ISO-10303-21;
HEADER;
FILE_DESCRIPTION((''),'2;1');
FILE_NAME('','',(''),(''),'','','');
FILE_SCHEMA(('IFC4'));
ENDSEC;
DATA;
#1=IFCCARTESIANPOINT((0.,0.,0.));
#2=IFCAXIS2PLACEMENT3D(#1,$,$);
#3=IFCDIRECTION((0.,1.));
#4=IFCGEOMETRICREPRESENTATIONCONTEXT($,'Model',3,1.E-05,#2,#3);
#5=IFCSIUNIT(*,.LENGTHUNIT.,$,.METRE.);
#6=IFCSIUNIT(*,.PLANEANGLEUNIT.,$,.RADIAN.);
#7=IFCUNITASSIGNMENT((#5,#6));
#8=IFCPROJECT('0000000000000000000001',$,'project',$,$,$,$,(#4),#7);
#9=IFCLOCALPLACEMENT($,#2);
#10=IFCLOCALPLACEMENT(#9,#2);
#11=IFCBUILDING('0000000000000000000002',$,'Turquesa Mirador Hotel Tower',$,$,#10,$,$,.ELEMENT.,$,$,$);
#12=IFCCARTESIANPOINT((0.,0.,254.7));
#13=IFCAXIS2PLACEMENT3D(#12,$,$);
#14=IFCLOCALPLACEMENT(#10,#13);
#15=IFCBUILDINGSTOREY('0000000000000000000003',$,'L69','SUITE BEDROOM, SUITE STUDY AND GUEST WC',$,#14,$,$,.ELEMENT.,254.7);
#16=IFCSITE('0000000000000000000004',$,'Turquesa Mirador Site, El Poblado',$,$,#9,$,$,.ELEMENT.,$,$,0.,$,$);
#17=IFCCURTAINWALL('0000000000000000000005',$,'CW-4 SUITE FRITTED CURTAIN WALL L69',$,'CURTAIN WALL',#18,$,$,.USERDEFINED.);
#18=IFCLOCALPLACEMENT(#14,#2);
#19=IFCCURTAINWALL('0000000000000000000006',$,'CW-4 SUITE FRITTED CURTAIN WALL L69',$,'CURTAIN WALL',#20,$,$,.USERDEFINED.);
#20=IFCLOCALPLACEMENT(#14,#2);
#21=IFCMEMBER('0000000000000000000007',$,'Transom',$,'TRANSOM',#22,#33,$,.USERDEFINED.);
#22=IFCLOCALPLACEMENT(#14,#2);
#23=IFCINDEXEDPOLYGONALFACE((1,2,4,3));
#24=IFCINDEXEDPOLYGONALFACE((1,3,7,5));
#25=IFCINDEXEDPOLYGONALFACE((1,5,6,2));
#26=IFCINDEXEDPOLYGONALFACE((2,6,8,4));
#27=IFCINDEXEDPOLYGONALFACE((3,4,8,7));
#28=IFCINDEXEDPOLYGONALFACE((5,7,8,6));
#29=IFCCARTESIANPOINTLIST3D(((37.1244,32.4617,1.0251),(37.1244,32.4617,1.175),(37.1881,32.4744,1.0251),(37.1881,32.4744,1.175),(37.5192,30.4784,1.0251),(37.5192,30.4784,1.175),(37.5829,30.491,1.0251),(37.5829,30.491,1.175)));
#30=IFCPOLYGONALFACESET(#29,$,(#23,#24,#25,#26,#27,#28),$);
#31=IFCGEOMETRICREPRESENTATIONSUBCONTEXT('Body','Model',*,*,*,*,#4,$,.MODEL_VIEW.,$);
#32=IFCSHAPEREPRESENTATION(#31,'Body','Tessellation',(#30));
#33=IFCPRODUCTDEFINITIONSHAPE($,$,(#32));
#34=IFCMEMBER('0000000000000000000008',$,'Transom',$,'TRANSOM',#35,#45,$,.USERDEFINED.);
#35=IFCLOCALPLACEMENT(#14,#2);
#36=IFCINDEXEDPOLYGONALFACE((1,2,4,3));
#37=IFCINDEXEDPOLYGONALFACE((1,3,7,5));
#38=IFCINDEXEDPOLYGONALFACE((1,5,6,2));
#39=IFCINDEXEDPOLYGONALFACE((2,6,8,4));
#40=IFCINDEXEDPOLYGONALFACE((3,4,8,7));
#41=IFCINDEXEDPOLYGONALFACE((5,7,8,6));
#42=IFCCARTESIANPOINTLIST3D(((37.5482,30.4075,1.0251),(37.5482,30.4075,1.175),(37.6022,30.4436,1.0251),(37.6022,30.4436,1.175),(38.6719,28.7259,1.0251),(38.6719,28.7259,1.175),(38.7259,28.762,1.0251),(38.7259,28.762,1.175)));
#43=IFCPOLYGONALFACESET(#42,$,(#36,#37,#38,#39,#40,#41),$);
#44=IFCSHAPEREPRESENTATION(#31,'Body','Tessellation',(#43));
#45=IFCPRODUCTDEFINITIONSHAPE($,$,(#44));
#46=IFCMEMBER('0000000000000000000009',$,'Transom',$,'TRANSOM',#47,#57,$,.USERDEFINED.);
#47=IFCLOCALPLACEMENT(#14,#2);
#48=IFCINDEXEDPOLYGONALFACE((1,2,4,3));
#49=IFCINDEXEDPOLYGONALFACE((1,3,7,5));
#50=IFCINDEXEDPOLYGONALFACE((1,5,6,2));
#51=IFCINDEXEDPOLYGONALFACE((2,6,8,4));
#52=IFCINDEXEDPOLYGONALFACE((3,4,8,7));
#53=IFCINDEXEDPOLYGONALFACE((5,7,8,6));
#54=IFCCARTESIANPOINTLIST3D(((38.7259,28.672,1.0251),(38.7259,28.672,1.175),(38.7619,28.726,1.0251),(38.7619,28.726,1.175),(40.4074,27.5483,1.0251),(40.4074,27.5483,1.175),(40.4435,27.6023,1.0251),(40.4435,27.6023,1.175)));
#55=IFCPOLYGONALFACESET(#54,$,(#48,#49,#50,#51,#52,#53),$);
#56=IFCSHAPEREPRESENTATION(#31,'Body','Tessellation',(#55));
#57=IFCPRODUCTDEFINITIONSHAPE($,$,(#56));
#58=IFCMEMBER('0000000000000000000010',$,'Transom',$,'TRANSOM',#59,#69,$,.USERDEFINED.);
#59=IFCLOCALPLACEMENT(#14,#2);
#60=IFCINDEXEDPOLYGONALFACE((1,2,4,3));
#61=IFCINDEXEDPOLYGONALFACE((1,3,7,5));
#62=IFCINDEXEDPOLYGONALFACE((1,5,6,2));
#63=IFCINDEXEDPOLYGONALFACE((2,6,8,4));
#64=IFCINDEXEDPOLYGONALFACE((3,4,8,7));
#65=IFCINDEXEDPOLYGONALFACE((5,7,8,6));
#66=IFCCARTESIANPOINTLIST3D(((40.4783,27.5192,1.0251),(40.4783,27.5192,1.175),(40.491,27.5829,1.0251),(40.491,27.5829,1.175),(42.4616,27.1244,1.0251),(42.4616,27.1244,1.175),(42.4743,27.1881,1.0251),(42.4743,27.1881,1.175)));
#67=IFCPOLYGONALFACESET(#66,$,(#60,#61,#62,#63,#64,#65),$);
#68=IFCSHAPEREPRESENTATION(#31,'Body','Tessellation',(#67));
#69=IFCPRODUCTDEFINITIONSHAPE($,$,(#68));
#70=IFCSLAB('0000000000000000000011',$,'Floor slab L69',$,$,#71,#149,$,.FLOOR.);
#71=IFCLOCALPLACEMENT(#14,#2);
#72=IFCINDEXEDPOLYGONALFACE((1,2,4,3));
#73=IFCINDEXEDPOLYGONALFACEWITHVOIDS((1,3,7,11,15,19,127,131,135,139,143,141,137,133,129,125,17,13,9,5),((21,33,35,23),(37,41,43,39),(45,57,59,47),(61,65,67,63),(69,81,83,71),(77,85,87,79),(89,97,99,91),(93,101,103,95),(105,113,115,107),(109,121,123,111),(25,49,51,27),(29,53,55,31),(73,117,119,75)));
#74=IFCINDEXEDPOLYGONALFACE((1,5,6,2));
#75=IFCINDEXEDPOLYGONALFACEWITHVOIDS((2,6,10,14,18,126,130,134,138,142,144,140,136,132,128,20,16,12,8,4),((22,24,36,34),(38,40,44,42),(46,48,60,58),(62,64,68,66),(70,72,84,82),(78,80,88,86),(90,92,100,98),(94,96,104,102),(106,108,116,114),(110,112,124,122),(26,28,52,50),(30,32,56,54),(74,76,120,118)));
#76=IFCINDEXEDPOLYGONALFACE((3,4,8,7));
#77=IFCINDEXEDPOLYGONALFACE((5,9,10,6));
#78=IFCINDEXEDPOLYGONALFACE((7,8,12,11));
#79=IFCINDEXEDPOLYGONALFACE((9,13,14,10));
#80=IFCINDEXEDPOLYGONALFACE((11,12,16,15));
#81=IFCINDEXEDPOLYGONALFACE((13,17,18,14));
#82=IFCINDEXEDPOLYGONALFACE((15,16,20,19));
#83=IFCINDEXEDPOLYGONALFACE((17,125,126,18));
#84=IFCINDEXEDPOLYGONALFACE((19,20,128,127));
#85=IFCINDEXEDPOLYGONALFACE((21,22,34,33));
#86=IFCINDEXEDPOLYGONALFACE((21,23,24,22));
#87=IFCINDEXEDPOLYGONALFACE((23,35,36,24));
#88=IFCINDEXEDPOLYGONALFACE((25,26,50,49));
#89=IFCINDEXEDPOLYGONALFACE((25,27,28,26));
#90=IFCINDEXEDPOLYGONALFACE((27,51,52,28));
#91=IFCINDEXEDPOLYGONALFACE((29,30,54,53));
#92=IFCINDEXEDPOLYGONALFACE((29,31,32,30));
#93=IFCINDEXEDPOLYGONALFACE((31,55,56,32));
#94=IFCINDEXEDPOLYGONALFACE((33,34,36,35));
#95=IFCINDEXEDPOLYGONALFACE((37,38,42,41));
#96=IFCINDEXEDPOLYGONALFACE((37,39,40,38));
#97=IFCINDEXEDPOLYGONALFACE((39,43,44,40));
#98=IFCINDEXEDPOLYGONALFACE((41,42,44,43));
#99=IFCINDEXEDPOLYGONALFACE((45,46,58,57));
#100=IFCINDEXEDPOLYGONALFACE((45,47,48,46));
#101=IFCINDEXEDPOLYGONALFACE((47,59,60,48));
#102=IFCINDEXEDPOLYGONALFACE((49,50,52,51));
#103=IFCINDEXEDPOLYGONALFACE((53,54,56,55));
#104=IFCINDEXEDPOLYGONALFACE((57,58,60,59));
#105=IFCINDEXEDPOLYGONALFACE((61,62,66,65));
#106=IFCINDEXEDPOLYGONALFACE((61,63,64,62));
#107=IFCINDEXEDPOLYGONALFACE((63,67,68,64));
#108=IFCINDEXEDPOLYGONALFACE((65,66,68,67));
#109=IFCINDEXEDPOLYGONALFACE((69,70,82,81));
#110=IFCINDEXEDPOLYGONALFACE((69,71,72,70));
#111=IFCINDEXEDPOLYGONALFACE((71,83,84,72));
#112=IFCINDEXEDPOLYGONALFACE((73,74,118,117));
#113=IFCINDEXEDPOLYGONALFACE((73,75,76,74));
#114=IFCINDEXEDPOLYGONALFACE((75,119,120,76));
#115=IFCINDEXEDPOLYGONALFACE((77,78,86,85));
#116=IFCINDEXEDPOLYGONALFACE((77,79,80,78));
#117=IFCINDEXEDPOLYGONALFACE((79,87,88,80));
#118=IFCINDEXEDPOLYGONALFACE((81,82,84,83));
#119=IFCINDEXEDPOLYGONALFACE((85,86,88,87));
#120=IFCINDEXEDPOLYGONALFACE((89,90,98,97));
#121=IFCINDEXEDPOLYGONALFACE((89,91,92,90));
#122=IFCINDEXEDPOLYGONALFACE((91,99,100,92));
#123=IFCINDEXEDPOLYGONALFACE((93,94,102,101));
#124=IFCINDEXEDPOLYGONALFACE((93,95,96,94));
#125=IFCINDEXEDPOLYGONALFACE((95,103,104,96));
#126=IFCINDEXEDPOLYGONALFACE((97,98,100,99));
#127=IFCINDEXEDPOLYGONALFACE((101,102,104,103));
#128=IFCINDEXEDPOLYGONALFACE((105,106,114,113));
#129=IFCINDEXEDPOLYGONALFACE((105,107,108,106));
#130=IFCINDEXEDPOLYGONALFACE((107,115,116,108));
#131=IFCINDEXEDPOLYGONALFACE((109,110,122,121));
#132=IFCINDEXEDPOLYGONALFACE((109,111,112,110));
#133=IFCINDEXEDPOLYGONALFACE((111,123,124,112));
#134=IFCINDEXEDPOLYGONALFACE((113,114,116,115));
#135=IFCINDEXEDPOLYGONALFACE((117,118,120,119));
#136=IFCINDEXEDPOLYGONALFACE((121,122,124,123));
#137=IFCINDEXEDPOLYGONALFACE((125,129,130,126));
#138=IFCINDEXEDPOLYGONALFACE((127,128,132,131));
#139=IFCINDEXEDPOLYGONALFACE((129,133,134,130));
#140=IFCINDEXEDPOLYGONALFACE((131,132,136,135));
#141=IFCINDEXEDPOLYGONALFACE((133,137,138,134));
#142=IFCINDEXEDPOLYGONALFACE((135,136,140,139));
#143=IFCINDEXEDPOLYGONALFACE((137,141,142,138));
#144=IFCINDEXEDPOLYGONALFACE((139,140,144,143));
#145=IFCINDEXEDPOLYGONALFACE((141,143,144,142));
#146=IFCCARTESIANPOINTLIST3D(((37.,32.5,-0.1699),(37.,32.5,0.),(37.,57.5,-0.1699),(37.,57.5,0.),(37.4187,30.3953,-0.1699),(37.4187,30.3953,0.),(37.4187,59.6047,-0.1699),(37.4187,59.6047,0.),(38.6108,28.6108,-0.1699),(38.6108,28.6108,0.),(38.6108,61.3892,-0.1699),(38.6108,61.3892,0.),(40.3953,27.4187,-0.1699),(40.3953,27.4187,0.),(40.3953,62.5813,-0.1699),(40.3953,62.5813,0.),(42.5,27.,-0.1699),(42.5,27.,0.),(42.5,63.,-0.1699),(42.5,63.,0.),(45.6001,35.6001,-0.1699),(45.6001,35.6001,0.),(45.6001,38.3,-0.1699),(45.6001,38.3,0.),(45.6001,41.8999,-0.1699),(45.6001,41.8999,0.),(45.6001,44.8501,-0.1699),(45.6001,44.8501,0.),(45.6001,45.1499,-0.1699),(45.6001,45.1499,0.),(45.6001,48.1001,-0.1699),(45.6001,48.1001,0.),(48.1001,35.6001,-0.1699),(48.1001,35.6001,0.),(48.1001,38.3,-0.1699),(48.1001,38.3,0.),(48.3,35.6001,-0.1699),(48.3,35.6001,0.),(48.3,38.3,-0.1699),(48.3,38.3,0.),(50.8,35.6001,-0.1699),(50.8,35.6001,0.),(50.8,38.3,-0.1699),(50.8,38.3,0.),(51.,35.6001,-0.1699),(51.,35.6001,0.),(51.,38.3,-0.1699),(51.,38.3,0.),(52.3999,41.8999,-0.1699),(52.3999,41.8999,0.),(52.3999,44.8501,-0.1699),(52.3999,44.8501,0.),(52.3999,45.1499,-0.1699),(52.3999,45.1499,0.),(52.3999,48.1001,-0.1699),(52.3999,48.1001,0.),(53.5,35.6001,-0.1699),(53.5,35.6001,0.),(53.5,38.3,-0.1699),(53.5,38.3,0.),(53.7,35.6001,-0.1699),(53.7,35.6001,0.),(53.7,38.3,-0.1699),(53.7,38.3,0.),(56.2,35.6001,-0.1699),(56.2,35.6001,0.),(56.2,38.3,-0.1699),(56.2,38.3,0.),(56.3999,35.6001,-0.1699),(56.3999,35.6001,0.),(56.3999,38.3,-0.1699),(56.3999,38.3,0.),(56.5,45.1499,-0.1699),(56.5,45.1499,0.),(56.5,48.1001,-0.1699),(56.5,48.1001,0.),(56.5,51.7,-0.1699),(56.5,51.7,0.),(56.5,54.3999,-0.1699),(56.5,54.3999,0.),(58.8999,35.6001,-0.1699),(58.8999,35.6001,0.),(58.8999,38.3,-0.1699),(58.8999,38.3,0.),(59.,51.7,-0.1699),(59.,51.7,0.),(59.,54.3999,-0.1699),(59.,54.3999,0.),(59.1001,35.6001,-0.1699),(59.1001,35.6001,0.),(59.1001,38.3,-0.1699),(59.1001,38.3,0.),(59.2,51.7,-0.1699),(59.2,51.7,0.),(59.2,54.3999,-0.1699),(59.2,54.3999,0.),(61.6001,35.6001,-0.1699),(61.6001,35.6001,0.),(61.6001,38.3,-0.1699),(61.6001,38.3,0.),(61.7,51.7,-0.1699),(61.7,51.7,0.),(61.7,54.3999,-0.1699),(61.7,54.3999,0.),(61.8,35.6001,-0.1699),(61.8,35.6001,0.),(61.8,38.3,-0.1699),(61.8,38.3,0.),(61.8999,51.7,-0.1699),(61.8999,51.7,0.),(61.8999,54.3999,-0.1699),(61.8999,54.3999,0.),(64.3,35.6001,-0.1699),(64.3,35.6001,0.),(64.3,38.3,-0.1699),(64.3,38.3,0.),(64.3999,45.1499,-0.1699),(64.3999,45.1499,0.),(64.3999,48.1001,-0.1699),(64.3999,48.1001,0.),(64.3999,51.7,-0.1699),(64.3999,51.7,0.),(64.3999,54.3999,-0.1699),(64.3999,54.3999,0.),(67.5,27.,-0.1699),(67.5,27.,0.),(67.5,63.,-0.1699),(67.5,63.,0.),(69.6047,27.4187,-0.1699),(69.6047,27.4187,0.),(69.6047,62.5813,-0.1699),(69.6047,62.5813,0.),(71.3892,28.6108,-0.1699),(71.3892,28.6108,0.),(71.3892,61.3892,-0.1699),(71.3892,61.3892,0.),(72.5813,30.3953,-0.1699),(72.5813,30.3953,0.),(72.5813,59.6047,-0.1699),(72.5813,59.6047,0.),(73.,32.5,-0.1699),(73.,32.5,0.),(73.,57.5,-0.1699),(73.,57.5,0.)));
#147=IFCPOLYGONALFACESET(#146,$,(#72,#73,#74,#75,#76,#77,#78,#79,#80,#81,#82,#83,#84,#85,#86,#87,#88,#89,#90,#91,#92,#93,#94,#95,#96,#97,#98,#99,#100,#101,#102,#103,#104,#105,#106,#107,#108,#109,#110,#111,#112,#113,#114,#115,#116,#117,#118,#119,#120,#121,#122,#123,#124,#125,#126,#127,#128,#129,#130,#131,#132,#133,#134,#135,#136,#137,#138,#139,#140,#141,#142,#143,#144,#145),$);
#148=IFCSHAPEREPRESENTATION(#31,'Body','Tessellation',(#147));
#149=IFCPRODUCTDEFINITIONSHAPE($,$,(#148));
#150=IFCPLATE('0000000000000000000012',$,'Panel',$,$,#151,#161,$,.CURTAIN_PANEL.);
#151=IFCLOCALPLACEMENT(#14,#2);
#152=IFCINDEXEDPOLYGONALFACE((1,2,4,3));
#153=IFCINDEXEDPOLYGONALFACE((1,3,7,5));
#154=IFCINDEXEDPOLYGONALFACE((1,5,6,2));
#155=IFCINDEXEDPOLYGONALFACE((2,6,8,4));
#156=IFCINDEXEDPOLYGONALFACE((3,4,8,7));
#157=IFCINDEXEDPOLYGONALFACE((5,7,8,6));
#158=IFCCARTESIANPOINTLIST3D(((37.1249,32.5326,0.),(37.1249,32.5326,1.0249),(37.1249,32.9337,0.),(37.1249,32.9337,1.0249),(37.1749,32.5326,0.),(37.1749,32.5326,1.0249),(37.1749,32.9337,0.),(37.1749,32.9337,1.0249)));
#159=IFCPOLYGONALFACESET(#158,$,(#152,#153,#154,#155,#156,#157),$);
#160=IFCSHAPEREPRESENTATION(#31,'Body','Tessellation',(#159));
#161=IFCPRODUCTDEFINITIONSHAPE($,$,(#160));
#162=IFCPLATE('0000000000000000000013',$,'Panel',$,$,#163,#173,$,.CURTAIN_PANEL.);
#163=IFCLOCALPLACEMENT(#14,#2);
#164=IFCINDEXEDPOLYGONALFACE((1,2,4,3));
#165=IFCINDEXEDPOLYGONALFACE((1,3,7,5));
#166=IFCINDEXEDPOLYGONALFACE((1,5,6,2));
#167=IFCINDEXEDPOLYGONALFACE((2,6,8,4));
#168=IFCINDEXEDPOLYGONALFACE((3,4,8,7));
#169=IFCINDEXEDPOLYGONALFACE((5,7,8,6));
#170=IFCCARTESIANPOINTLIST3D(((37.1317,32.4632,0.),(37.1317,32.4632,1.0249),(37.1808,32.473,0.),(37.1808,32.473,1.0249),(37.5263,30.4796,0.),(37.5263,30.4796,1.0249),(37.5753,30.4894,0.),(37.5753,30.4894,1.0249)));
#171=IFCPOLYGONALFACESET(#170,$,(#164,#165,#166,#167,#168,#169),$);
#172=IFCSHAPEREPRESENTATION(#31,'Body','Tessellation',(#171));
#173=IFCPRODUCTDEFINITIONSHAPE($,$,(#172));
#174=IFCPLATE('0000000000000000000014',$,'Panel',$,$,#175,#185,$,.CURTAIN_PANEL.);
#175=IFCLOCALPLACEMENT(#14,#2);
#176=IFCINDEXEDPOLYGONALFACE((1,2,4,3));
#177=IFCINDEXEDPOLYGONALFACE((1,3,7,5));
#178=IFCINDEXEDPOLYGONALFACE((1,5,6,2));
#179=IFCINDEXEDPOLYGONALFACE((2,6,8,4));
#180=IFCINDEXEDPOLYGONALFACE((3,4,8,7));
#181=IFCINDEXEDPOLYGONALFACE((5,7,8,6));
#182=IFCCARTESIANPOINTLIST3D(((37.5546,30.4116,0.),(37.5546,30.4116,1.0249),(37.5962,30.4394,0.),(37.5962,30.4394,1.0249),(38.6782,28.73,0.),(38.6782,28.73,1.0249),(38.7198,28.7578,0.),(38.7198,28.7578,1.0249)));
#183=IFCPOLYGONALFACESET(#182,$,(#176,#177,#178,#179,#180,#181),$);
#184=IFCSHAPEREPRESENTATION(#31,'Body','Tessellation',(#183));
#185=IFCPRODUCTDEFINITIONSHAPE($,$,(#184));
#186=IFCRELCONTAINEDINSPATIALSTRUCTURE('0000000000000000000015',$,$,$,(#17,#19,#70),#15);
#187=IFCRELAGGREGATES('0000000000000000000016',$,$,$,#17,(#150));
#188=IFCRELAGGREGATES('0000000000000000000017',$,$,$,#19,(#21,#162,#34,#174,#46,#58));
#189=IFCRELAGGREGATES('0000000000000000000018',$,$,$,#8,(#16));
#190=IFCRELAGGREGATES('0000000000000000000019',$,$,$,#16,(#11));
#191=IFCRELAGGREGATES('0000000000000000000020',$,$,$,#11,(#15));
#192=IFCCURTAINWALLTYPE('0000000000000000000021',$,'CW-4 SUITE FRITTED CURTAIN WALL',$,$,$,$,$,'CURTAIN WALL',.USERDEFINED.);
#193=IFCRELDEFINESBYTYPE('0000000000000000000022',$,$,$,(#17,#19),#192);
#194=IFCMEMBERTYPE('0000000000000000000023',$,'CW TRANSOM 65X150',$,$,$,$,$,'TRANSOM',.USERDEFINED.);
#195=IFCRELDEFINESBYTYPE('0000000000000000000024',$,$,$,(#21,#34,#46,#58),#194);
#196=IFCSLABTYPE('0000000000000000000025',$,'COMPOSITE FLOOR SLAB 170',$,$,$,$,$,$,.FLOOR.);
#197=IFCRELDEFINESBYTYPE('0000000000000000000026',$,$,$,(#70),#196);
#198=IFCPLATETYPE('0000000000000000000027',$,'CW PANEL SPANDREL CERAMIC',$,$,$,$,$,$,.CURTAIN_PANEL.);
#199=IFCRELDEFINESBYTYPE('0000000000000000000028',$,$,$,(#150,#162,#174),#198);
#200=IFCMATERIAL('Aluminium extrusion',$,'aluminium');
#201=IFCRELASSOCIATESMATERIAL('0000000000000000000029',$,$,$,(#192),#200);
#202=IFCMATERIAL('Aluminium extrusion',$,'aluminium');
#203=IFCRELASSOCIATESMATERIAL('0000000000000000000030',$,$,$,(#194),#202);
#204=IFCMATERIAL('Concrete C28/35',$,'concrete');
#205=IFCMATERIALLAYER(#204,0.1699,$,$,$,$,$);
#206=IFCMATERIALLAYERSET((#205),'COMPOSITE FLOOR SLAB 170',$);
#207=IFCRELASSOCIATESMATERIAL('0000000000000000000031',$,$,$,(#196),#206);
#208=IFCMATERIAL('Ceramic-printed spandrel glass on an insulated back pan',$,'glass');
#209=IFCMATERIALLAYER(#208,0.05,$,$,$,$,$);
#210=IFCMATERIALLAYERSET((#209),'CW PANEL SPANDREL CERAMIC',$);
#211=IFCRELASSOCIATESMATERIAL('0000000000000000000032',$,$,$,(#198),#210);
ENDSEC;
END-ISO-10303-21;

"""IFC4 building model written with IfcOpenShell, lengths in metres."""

from ifc_helpers import new_model, si_unit, direction, frame, origin, origin_2d, place, context, subcontext, project, spatial, polyline, rectangle, outline, extrude, material, layer, layer_set, material_profile, profile_set, type_object, element, aggregate, save


model = new_model("IFC4")

# Units and contexts
model_context = context("Model", 3, precision=1e-05, world=origin(), true_north=direction((0.0, 1.0)))
body_context = subcontext(model_context, "Body", "Model", "MODEL_VIEW")
ifc_project = project(units=[si_unit("LENGTHUNIT", "METRE"), si_unit("PLANEANGLEUNIT", "RADIAN")], contexts=[model_context])

# Site, building, storey
site_placement = place(None, origin())
site = spatial("IfcSite", under=ifc_project, at=site_placement, Name="Turquesa Mirador Site, El Poblado", CompositionType="ELEMENT", RefElevation=0.0)
building_placement = place(site_placement, origin())
building = spatial("IfcBuilding", under=site, at=building_placement, Name="Turquesa Mirador Hotel Tower", CompositionType="ELEMENT")
storey_placement = place(building_placement, frame((0.0, 0.0, 254.7)))
storey = spatial("IfcBuildingStorey", under=building, at=storey_placement, Name="L69", Description="SUITE BEDROOM, SUITE STUDY AND GUEST WC", CompositionType="ELEMENT", Elevation=254.7)

# Curtain walls
ifc_material_1 = material(Name="Aluminium extrusion", Category="aluminium")
curtain_wall_type = type_object("IfcCurtainWallType", Name="CW-4 SUITE FRITTED CURTAIN WALL", ElementType="CURTAIN WALL", PredefinedType="USERDEFINED", material=ifc_material_1)
curtain_wall_1_placement = place(storey_placement, origin())
curtain_wall_1 = element("IfcCurtainWall", 1, at=curtain_wall_1_placement, inside=storey, type_object=curtain_wall_type, Name="CW-4 SUITE FRITTED CURTAIN WALL L69", ObjectType="CURTAIN WALL", PredefinedType="USERDEFINED")
curtain_wall_2_placement = place(storey_placement, origin())
curtain_wall_2 = element("IfcCurtainWall", 2, at=curtain_wall_2_placement, inside=storey, type_object=curtain_wall_type, Name="CW-4 SUITE FRITTED CURTAIN WALL L69", ObjectType="CURTAIN WALL", PredefinedType="USERDEFINED")

# Members
ifc_material_2 = material(Name="Aluminium extrusion", Category="aluminium")
ifc_material_profile_1 = material_profile(ifc_material_2, rectangle(XDim=0.0649, YDim=0.1499, at=origin_2d()), Name="TRANSOM 65X150")
ifc_profile_set_1 = profile_set([ifc_material_profile_1], Name="Aluminium extrusion")
member_type_1 = type_object("IfcMemberType", Name="CW TRANSOM 65X150", ElementType="TRANSOM", PredefinedType="USERDEFINED", material=ifc_profile_set_1)
member_1_placement = place(storey_placement, frame((37.1562, 32.468, 1.1001), z_axis=(0.195211, -0.980761, 0.0), x_axis=(0.980761, 0.195211, 0.0)))
member_1 = element("IfcMember", 3, at=member_1_placement, type_object=member_type_1, Name="Transom", ObjectType="TRANSOM", PredefinedType="USERDEFINED", context=body_context, shape_type="SweptSolid", body=[
    extrude(rectangle(XDim=0.0649, YDim=0.1499, at=origin_2d()), origin(), (0.0, 0.0, 1.0), 2.0222),
])
member_2_placement = place(storey_placement, frame((37.5752, 30.4255, 1.1001), z_axis=(0.555619, -0.831437, 0.0), x_axis=(0.831437, 0.555619, 0.0)))
member_2 = element("IfcMember", 4, at=member_2_placement, type_object=member_type_1, Name="Transom", ObjectType="TRANSOM", PredefinedType="USERDEFINED", context=body_context, shape_type="SweptSolid", body=[
    extrude(rectangle(XDim=0.0649, YDim=0.1499, at=origin_2d()), origin(), (0.0, 0.0, 1.0), 2.0225),
])
member_3_placement = place(storey_placement, frame((38.7439, 28.699, 1.1001), z_axis=(0.831437, -0.555619, 0.0), x_axis=(0.555619, 0.831437, 0.0)))
member_3 = element("IfcMember", 5, at=member_3_placement, type_object=member_type_1, Name="Transom", ObjectType="TRANSOM", PredefinedType="USERDEFINED", context=body_context, shape_type="SweptSolid", body=[
    extrude(rectangle(XDim=0.0649, YDim=0.1499, at=origin_2d()), origin(), (0.0, 0.0, 1.0), 2.0225),
])
member_4_placement = place(storey_placement, frame((40.4846, 27.551, 1.1001), z_axis=(0.980761, -0.195211, 0.0), x_axis=(0.195211, 0.980761, 0.0)))
member_4 = element("IfcMember", 6, at=member_4_placement, type_object=member_type_1, Name="Transom", ObjectType="TRANSOM", PredefinedType="USERDEFINED", context=body_context, shape_type="SweptSolid", body=[
    extrude(rectangle(XDim=0.0649, YDim=0.1499, at=origin_2d()), origin(), (0.0, 0.0, 1.0), 2.0222),
])

# Slab
ifc_material_3 = material(Name="Concrete C28/35", Category="concrete")
ifc_layer_1 = layer(ifc_material_3, 0.1699)
ifc_layer_set_1 = layer_set([ifc_layer_1], Name="COMPOSITE FLOOR SLAB 170")
slab_type_1 = type_object("IfcSlabType", Name="COMPOSITE FLOOR SLAB 170", PredefinedType="FLOOR", material=ifc_layer_set_1)
slab_1_placement = place(storey_placement, frame((0.0, 0.0, -0.1699)))
element("IfcSlab", 7, at=slab_1_placement, inside=storey, type_object=slab_type_1, Name="Floor slab L69", PredefinedType="FLOOR", context=body_context, shape_type="SweptSolid", body=[
    extrude(outline(polyline([(67.5, 27.0), (69.6047, 27.4187), (71.3892, 28.6108), (72.5813, 30.3953), (73.0, 32.5), (73.0, 57.5), (72.5813, 59.6047), (71.3892, 61.3892), (69.6047, 62.5813), (67.5, 63.0), (42.5, 63.0), (40.3953, 62.5813), (38.6108, 61.3892), (37.4187, 59.6047), (37.0, 57.5), (37.0, 32.5), (37.4187, 30.3953), (38.6108, 28.6108), (40.3953, 27.4187), (42.5, 27.0), (67.5, 27.0)]), holes=[polyline([(56.5, 51.7), (59.0, 51.7), (59.0, 54.3999), (56.5, 54.3999), (56.5, 51.7)]), polyline([(59.2, 51.7), (61.7, 51.7), (61.7, 54.3999), (59.2, 54.3999), (59.2, 51.7)]), polyline([(45.6001, 35.6001), (48.1001, 35.6001), (48.1001, 38.3), (45.6001, 38.3), (45.6001, 35.6001)]), polyline([(48.3, 35.6001), (50.8, 35.6001), (50.8, 38.3), (48.3, 38.3), (48.3, 35.6001)]), polyline([(51.0, 35.6001), (53.5, 35.6001), (53.5, 38.3), (51.0, 38.3), (51.0, 35.6001)]), polyline([(53.7, 35.6001), (56.2, 35.6001), (56.2, 38.3), (53.7, 38.3), (53.7, 35.6001)]), polyline([(56.3999, 35.6001), (58.8999, 35.6001), (58.8999, 38.3), (56.3999, 38.3), (56.3999, 35.6001)]), polyline([(59.1001, 35.6001), (61.6001, 35.6001), (61.6001, 38.3), (59.1001, 38.3), (59.1001, 35.6001)]), polyline([(61.8, 35.6001), (64.3, 35.6001), (64.3, 38.3), (61.8, 38.3), (61.8, 35.6001)]), polyline([(45.6001, 45.1499), (52.3999, 45.1499), (52.3999, 48.1001), (45.6001, 48.1001), (45.6001, 45.1499)]), polyline([(45.6001, 41.8999), (52.3999, 41.8999), (52.3999, 44.8501), (45.6001, 44.8501), (45.6001, 41.8999)]), polyline([(56.5, 45.1499), (64.3999, 45.1499), (64.3999, 48.1001), (56.5, 48.1001), (56.5, 45.1499)]), polyline([(61.8999, 51.7), (64.3999, 51.7), (64.3999, 54.3999), (61.8999, 54.3999), (61.8999, 51.7)])]), origin(), (0.0, 0.0, 1.0), 0.1699),
])

# Plates
ifc_material_4 = material(Name="Ceramic-printed spandrel glass on an insulated back pan", Category="glass")
ifc_layer_2 = layer(ifc_material_4, 0.05)
ifc_layer_set_2 = layer_set([ifc_layer_2], Name="CW PANEL SPANDREL CERAMIC")
plate_type_1 = type_object("IfcPlateType", Name="CW PANEL SPANDREL CERAMIC", PredefinedType="CURTAIN_PANEL", material=ifc_layer_set_2)
plate_1_placement = place(storey_placement, frame((37.1499, 32.7332, 0.0), z_axis=(0.0, 0.0, 1.0), x_axis=(0.0, -1.0, 0.0)))
plate_1 = element("IfcPlate", 8, at=plate_1_placement, type_object=plate_type_1, Name="Panel", PredefinedType="CURTAIN_PANEL", context=body_context, shape_type="SweptSolid", body=[
    extrude(rectangle(XDim=0.4011, YDim=0.05, at=origin_2d()), origin(), (0.0, 0.0, 1.0), 1.0249),
])
plate_2_placement = place(storey_placement, frame((37.3535, 31.4763, 0.0), z_axis=(0.0, 0.0, 1.0), x_axis=(0.195091, -0.980785, 0.0)))
plate_2 = element("IfcPlate", 9, at=plate_2_placement, type_object=plate_type_1, Name="Panel", PredefinedType="CURTAIN_PANEL", context=body_context, shape_type="SweptSolid", body=[
    extrude(rectangle(XDim=2.0225, YDim=0.05, at=origin_2d()), origin(), (0.0, 0.0, 1.0), 1.0249),
])
plate_3_placement = place(storey_placement, frame((38.1372, 29.5847, 0.0), z_axis=(0.0, 0.0, 1.0), x_axis=(0.55557, -0.83147, 0.0)))
plate_3 = element("IfcPlate", 10, at=plate_3_placement, type_object=plate_type_1, Name="Panel", PredefinedType="CURTAIN_PANEL", context=body_context, shape_type="SweptSolid", body=[
    extrude(rectangle(XDim=2.0225, YDim=0.05, at=origin_2d()), origin(), (0.0, 0.0, 1.0), 1.0249),
])
aggregate(curtain_wall_1, [plate_1])
aggregate(curtain_wall_2, [member_1, plate_2, member_2, plate_3, member_3, member_4])

save(model, "model.ifc")
